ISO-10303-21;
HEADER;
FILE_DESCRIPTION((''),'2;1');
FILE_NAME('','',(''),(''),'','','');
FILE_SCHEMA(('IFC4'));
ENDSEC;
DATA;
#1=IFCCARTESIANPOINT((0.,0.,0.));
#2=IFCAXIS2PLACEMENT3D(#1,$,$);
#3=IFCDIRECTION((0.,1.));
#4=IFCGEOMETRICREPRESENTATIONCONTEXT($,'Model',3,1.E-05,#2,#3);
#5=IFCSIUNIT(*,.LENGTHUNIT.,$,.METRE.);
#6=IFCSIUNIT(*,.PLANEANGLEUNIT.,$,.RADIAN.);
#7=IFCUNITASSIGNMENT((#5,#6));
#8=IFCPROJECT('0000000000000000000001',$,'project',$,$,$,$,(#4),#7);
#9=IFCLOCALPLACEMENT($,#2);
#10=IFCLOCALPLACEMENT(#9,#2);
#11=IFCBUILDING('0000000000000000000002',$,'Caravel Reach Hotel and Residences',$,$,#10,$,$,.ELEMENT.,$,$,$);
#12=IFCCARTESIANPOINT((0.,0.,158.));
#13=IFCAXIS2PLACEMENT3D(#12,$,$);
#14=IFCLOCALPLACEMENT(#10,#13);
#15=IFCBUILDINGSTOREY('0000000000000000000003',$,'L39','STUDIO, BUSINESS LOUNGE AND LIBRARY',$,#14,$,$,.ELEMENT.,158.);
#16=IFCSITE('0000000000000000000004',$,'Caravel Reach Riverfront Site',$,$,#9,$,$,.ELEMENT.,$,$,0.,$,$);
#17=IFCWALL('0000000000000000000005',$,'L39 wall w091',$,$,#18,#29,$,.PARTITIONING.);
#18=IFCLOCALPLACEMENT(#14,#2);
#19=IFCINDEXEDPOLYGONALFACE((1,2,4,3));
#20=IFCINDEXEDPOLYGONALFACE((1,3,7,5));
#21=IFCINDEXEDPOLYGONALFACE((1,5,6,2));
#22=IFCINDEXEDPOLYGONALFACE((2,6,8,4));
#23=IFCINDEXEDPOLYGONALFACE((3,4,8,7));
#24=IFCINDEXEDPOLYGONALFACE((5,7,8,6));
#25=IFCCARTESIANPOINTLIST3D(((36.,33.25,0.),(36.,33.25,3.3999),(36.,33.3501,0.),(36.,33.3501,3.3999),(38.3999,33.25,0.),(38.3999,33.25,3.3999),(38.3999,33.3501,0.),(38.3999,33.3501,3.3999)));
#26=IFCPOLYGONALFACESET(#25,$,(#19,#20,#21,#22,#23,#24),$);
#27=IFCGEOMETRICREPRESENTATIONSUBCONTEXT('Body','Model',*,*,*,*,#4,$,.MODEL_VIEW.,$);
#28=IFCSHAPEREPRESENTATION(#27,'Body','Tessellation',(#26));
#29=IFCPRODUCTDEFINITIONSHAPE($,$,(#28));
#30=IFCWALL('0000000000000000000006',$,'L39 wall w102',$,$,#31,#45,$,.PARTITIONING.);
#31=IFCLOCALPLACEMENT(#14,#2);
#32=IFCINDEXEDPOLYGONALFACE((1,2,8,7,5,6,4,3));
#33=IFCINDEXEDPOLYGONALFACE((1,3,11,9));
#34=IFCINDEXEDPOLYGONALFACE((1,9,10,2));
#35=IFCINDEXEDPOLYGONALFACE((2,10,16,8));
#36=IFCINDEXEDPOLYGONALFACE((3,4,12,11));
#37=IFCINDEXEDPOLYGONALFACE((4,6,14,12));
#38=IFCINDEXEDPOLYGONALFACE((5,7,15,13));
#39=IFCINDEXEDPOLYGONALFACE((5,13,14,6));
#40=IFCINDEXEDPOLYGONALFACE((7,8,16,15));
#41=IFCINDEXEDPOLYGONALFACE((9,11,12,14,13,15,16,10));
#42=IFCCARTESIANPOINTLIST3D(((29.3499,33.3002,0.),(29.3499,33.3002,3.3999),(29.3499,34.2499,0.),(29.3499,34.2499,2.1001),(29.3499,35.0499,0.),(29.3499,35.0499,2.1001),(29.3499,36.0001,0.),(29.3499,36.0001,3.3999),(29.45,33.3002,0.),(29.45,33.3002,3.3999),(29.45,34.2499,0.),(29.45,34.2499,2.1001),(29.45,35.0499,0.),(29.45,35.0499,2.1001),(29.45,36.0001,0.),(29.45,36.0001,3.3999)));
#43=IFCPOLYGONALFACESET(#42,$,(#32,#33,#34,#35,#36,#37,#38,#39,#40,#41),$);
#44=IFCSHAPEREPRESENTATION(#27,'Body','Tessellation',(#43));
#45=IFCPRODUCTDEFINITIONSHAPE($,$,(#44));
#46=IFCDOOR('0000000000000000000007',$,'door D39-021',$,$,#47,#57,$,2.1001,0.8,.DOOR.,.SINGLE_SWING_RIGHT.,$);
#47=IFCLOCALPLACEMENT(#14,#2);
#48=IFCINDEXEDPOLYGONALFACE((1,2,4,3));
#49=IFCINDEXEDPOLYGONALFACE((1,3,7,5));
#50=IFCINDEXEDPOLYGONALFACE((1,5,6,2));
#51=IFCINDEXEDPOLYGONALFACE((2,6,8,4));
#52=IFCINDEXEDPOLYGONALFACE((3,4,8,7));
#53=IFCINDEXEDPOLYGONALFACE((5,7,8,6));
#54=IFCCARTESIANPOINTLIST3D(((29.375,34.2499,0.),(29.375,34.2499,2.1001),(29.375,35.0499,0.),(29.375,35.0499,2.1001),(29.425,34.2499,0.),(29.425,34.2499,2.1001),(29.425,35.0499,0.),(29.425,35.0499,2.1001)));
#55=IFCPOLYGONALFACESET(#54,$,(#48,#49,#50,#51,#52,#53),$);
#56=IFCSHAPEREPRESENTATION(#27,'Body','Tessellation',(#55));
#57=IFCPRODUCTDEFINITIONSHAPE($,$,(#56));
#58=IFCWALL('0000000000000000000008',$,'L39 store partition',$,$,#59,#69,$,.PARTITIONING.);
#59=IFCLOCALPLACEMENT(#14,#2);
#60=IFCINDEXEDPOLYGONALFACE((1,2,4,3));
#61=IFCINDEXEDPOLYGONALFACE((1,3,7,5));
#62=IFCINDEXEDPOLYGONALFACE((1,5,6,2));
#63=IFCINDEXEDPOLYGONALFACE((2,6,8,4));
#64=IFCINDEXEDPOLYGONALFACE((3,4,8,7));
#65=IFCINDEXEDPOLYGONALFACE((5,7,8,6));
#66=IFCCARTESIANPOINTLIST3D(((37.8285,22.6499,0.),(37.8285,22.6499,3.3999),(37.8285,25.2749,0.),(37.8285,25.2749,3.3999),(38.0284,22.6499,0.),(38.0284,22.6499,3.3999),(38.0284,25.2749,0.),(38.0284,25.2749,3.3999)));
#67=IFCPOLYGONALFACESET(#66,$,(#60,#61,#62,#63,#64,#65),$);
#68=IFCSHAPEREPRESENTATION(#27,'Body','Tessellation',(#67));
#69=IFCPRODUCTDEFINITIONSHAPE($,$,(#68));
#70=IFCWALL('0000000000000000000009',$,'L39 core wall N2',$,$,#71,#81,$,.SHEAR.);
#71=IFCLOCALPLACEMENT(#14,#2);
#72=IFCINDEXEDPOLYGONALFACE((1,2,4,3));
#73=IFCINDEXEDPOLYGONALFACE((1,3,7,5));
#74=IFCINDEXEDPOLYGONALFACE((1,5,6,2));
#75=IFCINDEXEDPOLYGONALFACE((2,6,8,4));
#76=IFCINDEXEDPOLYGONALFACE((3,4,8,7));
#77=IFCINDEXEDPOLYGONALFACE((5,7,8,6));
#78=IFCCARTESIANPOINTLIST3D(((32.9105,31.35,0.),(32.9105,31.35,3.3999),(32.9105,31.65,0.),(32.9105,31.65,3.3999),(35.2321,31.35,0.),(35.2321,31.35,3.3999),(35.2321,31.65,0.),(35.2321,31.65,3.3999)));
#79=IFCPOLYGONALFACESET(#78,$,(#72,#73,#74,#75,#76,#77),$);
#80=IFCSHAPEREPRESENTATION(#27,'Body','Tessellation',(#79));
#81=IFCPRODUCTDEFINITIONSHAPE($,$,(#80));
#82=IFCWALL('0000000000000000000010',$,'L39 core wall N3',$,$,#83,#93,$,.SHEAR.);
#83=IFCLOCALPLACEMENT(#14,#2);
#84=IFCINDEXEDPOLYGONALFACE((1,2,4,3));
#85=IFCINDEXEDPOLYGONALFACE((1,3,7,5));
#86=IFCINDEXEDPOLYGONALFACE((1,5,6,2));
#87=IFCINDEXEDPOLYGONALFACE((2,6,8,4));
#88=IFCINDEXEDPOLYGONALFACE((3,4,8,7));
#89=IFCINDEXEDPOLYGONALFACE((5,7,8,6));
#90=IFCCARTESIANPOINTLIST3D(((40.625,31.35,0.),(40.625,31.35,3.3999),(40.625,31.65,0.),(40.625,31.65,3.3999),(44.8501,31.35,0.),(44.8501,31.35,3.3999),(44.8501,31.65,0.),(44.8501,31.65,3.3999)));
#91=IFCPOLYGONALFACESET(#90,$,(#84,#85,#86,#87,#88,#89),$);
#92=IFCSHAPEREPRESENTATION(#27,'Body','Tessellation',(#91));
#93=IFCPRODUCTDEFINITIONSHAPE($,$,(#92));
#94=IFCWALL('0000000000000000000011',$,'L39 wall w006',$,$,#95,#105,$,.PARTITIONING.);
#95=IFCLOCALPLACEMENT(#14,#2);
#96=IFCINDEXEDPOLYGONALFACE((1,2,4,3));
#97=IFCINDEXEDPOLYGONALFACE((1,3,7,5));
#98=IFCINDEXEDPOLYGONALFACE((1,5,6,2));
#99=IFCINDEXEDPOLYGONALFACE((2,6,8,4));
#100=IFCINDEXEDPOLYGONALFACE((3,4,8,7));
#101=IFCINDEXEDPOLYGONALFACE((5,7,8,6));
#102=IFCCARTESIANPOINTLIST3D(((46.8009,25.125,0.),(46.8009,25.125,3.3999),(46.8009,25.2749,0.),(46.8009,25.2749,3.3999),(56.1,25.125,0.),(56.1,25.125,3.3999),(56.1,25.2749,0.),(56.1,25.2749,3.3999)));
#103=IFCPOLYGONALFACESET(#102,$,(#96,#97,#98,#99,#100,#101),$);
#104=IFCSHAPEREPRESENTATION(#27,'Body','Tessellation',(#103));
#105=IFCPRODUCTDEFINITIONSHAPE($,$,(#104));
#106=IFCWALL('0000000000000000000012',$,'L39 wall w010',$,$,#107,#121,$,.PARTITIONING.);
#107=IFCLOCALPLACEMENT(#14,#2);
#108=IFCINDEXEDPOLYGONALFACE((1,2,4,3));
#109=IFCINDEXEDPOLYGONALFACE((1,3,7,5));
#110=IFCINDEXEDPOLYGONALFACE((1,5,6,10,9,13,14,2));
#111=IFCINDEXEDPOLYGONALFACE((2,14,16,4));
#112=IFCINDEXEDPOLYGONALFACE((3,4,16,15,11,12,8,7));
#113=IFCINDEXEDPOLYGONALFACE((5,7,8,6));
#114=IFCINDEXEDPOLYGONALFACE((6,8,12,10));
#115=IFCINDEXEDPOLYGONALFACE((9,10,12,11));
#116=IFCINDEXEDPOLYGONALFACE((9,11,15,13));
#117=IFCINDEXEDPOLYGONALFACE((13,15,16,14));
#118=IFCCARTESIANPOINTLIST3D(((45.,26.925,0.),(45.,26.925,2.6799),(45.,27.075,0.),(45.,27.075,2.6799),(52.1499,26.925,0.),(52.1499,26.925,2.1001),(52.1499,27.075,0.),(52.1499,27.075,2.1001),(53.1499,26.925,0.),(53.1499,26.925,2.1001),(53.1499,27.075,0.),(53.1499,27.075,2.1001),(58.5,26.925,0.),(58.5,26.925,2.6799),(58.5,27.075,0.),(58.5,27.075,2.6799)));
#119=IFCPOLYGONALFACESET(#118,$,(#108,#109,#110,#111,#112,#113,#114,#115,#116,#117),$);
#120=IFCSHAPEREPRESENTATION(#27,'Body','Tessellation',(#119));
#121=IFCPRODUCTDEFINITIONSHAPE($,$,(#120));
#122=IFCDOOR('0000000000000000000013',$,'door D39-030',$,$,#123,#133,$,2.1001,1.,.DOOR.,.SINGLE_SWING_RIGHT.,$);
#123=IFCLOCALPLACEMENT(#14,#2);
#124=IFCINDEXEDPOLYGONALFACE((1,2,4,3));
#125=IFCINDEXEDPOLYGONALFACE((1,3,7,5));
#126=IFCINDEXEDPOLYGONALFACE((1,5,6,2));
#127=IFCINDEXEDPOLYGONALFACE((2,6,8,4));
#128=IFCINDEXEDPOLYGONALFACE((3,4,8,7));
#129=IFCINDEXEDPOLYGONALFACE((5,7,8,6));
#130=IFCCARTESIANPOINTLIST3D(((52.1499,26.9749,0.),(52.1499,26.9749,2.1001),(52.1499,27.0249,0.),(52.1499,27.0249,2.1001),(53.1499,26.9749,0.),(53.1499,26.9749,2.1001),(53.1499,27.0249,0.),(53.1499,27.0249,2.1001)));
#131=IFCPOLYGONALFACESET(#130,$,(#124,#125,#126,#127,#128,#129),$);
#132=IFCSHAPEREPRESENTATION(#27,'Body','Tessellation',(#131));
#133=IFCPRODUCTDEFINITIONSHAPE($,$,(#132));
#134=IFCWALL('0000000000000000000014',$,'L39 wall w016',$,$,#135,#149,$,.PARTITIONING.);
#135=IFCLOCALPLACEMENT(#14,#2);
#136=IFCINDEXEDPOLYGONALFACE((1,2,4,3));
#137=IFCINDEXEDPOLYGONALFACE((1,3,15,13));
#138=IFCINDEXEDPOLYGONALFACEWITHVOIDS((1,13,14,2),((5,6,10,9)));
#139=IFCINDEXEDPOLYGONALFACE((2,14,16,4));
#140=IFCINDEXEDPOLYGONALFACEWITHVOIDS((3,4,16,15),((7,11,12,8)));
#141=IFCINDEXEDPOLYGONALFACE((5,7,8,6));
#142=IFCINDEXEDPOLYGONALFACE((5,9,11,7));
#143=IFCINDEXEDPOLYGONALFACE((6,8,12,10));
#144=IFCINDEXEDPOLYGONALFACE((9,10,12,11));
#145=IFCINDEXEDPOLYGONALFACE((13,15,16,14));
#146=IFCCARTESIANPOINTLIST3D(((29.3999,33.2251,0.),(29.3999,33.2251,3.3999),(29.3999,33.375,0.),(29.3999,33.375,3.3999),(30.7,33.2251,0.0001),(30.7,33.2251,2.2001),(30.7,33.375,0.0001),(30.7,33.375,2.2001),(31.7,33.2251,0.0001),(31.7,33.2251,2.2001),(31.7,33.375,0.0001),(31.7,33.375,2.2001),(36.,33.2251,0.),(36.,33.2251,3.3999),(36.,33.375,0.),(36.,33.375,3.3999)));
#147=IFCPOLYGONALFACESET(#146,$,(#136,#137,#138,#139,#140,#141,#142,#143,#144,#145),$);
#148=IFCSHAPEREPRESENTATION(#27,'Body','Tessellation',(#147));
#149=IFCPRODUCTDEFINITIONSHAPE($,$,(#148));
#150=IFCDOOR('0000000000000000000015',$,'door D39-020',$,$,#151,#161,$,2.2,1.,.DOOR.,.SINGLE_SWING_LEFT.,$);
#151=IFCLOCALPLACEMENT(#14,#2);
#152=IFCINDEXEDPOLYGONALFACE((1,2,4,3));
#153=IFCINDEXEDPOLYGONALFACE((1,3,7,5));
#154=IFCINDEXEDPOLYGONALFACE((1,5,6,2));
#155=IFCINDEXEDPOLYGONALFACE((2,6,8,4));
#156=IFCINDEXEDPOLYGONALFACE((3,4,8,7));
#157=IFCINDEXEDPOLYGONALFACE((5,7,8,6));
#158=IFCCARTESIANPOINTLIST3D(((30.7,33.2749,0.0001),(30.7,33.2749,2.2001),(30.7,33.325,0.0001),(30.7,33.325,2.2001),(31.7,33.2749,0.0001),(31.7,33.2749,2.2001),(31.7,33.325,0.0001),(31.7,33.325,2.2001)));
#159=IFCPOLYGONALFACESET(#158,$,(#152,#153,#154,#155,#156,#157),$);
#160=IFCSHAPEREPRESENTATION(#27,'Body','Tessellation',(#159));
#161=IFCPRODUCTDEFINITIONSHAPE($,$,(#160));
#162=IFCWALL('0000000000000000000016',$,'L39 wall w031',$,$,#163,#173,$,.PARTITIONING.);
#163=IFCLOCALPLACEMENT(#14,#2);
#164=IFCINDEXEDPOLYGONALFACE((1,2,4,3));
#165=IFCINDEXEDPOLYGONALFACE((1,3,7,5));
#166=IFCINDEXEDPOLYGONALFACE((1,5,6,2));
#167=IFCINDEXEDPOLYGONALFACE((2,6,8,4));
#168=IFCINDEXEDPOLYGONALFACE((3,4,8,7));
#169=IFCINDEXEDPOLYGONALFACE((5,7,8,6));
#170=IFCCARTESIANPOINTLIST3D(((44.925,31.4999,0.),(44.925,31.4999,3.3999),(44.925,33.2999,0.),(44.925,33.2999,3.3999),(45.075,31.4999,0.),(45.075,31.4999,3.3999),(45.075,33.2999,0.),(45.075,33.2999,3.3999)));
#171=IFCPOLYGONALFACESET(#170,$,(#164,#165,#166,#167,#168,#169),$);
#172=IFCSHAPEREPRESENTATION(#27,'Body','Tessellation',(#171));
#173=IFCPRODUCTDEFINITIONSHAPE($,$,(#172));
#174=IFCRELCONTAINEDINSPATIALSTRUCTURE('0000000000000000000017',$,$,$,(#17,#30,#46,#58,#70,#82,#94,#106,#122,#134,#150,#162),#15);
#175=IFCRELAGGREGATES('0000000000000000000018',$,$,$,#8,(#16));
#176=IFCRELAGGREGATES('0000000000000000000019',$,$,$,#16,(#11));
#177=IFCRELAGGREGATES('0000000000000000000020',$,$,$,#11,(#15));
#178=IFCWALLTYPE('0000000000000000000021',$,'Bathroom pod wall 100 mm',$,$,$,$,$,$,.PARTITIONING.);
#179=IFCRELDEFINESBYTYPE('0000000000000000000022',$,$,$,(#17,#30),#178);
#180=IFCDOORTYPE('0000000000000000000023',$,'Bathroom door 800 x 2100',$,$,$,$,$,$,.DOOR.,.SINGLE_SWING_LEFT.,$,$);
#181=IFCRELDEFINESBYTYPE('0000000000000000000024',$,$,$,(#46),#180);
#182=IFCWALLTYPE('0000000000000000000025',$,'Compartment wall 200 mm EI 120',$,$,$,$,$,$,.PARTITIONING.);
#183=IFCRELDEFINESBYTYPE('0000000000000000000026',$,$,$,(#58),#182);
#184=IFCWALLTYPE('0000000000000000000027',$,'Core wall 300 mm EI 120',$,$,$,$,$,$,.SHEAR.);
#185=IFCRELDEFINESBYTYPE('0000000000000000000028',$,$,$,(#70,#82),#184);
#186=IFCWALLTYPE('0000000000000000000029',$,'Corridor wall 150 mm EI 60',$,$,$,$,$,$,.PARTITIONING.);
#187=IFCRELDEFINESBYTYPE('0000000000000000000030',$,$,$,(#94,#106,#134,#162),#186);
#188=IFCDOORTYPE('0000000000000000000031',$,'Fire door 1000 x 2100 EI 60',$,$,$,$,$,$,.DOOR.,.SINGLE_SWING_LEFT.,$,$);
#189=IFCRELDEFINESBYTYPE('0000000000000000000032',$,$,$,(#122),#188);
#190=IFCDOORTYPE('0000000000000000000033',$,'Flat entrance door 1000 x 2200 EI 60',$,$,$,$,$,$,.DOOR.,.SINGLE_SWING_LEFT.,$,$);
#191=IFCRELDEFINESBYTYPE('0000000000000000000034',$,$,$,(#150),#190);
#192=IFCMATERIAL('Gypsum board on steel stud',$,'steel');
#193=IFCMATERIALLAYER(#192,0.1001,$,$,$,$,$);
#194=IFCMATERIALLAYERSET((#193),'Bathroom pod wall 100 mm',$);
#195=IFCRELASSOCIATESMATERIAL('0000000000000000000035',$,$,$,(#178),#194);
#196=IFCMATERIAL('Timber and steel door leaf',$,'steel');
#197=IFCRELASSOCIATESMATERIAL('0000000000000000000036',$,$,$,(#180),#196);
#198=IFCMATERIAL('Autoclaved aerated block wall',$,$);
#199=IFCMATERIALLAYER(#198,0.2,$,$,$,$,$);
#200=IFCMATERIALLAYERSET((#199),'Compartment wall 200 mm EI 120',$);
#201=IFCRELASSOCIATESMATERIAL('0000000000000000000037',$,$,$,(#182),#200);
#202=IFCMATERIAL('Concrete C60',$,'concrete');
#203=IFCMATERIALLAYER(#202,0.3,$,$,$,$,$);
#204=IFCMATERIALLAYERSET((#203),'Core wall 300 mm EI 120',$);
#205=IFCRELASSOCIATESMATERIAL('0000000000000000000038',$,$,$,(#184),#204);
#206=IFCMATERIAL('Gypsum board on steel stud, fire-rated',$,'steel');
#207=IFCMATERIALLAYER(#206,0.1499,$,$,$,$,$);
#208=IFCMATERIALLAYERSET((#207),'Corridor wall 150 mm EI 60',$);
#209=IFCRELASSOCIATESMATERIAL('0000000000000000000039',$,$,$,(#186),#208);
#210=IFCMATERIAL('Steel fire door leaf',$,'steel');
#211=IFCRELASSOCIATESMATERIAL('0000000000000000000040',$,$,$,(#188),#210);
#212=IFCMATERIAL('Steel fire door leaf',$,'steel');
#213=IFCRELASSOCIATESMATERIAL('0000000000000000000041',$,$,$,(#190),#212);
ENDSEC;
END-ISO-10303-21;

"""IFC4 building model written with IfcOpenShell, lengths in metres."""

from ifc_helpers import new_model, si_unit, direction, frame, frame_2d, origin, place, context, subcontext, project, spatial, rectangle, extrude, material, layer, layer_set, type_object, element, fill, save


model = new_model("IFC4")

# Units and contexts
model_context = context("Model", 3, precision=1e-05, world=origin(), true_north=direction((0.0, 1.0)))
body_context = subcontext(model_context, "Body", "Model", "MODEL_VIEW")
ifc_project = project(units=[si_unit("LENGTHUNIT", "METRE"), si_unit("PLANEANGLEUNIT", "RADIAN")], contexts=[model_context])

# Site, building, storey
site_placement = place(None, origin())
site = spatial("IfcSite", under=ifc_project, at=site_placement, Name="Caravel Reach Riverfront Site", CompositionType="ELEMENT", RefElevation=0.0)
building_placement = place(site_placement, origin())
building = spatial("IfcBuilding", under=site, at=building_placement, Name="Caravel Reach Hotel and Residences", CompositionType="ELEMENT")
storey_placement = place(building_placement, frame((0.0, 0.0, 158.0)))
storey = spatial("IfcBuildingStorey", under=building, at=storey_placement, Name="L39", Description="STUDIO, BUSINESS LOUNGE AND LIBRARY", CompositionType="ELEMENT", Elevation=158.0)

# Wall
ifc_material_1 = material(Name="Gypsum board on steel stud", Category="steel")
ifc_layer_1 = layer(ifc_material_1, 0.1001)
ifc_layer_set_1 = layer_set([ifc_layer_1], Name="Bathroom pod wall 100 mm")
wall_type_1 = type_object("IfcWallType", Name="Bathroom pod wall 100 mm", PredefinedType="PARTITIONING", material=ifc_layer_set_1)
wall_1_placement = place(storey_placement, frame((36.0, 33.3, 0.0), z_axis=(0.0, 0.0, 1.0), x_axis=(1.0, 0.0, 0.0)))
element("IfcWall", 1, at=wall_1_placement, inside=storey, type_object=wall_type_1, Name="L39 wall w091", PredefinedType="PARTITIONING", context=body_context, shape_type="SweptSolid", body=[
    extrude(rectangle(XDim=2.3999, YDim=0.1001, at=frame_2d((1.2, 0.0))), origin(), (0.0, 0.0, 1.0), 3.3999),
])

# Wall, opening, door
wall_2_placement = place(storey_placement, frame((29.3999, 33.3, 0.0), z_axis=(0.0, 0.0, 1.0), x_axis=(0.0, 1.0, 0.0)))
wall_2 = element("IfcWall", 2, at=wall_2_placement, inside=storey, type_object=wall_type_1, Name="L39 wall w102", PredefinedType="PARTITIONING", context=body_context, shape_type="SweptSolid", body=[
    extrude(rectangle(XDim=2.7, YDim=0.1001, at=frame_2d((1.3501, 0.0))), origin(), (0.0, 0.0, 1.0), 3.3999),
])
opening_1_placement = place(wall_2_placement, frame((0.95, 0.0, 0.0)))
opening_1 = element("IfcOpeningElement", 3, at=opening_1_placement, cuts=wall_2, PredefinedType="OPENING", context=body_context, shape_type="SweptSolid", body=[
    extrude(rectangle(XDim=0.8, YDim=2.1001, at=frame_2d((0.3999, 1.05))), frame((0.0, 0.0601, 0.0), z_axis=(0.0, -1.0, 0.0), x_axis=(1.0, 0.0, 0.0)), (0.0, 0.0, 1.0), 0.1201),
])
ifc_material_2 = material(Name="Timber and steel door leaf", Category="steel")
door_type_1 = type_object("IfcDoorType", Name="Bathroom door 800 x 2100", OperationType="SINGLE_SWING_LEFT", PredefinedType="DOOR", material=ifc_material_2)
door_1_placement = place(opening_1_placement, origin())
door_1 = element("IfcDoor", 4, at=door_1_placement, inside=storey, type_object=door_type_1, Name="door D39-021", OperationType="SINGLE_SWING_RIGHT", OverallHeight=2.1001, OverallWidth=0.8, PredefinedType="DOOR", context=body_context, shape_type="SweptSolid", body=[
    extrude(rectangle(XDim=0.8, YDim=2.1001, at=frame_2d((0.3999, 1.05))), frame((0.0, 0.0249, 0.0), z_axis=(0.0, -1.0, 0.0), x_axis=(1.0, 0.0, 0.0)), (0.0, 0.0, 1.0), 0.05),
])
fill(opening_1, door_1)

# Walls
ifc_material_3 = material(Name="Autoclaved aerated block wall")
ifc_layer_2 = layer(ifc_material_3, 0.2)
ifc_layer_set_2 = layer_set([ifc_layer_2], Name="Compartment wall 200 mm EI 120")
wall_type_2 = type_object("IfcWallType", Name="Compartment wall 200 mm EI 120", PredefinedType="PARTITIONING", material=ifc_layer_set_2)
wall_3_placement = place(storey_placement, frame((37.9285, 22.6499, 0.0), z_axis=(0.0, 0.0, 1.0), x_axis=(0.0, 1.0, 0.0)))
element("IfcWall", 5, at=wall_3_placement, inside=storey, type_object=wall_type_2, Name="L39 store partition", PredefinedType="PARTITIONING", context=body_context, shape_type="SweptSolid", body=[
    extrude(rectangle(XDim=2.625, YDim=0.2, at=frame_2d((1.3125, 0.0))), origin(), (0.0, 0.0, 1.0), 3.3999),
])
ifc_material_4 = material(Name="Concrete C60", Category="concrete")
ifc_layer_3 = layer(ifc_material_4, 0.3)
ifc_layer_set_3 = layer_set([ifc_layer_3], Name="Core wall 300 mm EI 120")
wall_type_3 = type_object("IfcWallType", Name="Core wall 300 mm EI 120", PredefinedType="SHEAR", material=ifc_layer_set_3)
wall_4_placement = place(storey_placement, frame((32.9106, 31.5, 0.0), z_axis=(0.0, 0.0, 1.0), x_axis=(1.0, 0.0, 0.0)))
element("IfcWall", 6, at=wall_4_placement, inside=storey, type_object=wall_type_3, Name="L39 core wall N2", PredefinedType="SHEAR", context=body_context, shape_type="SweptSolid", body=[
    extrude(rectangle(XDim=2.3215, YDim=0.3, at=frame_2d((1.1606, 0.0))), origin(), (0.0, 0.0, 1.0), 3.3999),
])
wall_5_placement = place(storey_placement, frame((40.625, 31.5, 0.0), z_axis=(0.0, 0.0, 1.0), x_axis=(1.0, 0.0, 0.0)))
element("IfcWall", 7, at=wall_5_placement, inside=storey, type_object=wall_type_3, Name="L39 core wall N3", PredefinedType="SHEAR", context=body_context, shape_type="SweptSolid", body=[
    extrude(rectangle(XDim=4.2251, YDim=0.3, at=frame_2d((2.1125, 0.0))), origin(), (0.0, 0.0, 1.0), 3.3999),
])
ifc_material_5 = material(Name="Gypsum board on steel stud, fire-rated", Category="steel")
ifc_layer_4 = layer(ifc_material_5, 0.1499)
ifc_layer_set_4 = layer_set([ifc_layer_4], Name="Corridor wall 150 mm EI 60")
wall_type_4 = type_object("IfcWallType", Name="Corridor wall 150 mm EI 60", PredefinedType="PARTITIONING", material=ifc_layer_set_4)
wall_6_placement = place(storey_placement, frame((46.801, 25.2, 0.0), z_axis=(0.0, 0.0, 1.0), x_axis=(1.0, 0.0, 0.0)))
element("IfcWall", 8, at=wall_6_placement, inside=storey, type_object=wall_type_4, Name="L39 wall w006", PredefinedType="PARTITIONING", context=body_context, shape_type="SweptSolid", body=[
    extrude(rectangle(XDim=9.2991, YDim=0.1499, at=frame_2d((4.6494, 0.0))), origin(), (0.0, 0.0, 1.0), 3.3999),
])

# Walls, openings, doors
wall_7_placement = place(storey_placement, frame((45.0, 27.0, 0.0), z_axis=(0.0, 0.0, 1.0), x_axis=(1.0, 0.0, 0.0)))
wall_7 = element("IfcWall", 9, at=wall_7_placement, inside=storey, type_object=wall_type_4, Name="L39 wall w010", PredefinedType="PARTITIONING", context=body_context, shape_type="SweptSolid", body=[
    extrude(rectangle(XDim=13.5, YDim=0.1499, at=frame_2d((6.75, 0.0))), origin(), (0.0, 0.0, 1.0), 2.6799),
])
opening_2_placement = place(wall_7_placement, frame((7.1499, 0.0, 0.0)))
opening_2 = element("IfcOpeningElement", 10, at=opening_2_placement, cuts=wall_7, PredefinedType="OPENING", context=body_context, shape_type="SweptSolid", body=[
    extrude(rectangle(XDim=1.0, YDim=2.1001, at=frame_2d((0.5, 1.05))), frame((0.0, 0.085, 0.0), z_axis=(0.0, -1.0, 0.0), x_axis=(1.0, 0.0, 0.0)), (0.0, 0.0, 1.0), 0.1699),
])
ifc_material_6 = material(Name="Steel fire door leaf", Category="steel")
door_type_2 = type_object("IfcDoorType", Name="Fire door 1000 x 2100 EI 60", OperationType="SINGLE_SWING_LEFT", PredefinedType="DOOR", material=ifc_material_6)
door_2_placement = place(opening_2_placement, origin())
door_2 = element("IfcDoor", 11, at=door_2_placement, inside=storey, type_object=door_type_2, Name="door D39-030", OperationType="SINGLE_SWING_RIGHT", OverallHeight=2.1001, OverallWidth=1.0, PredefinedType="DOOR", context=body_context, shape_type="SweptSolid", body=[
    extrude(rectangle(XDim=1.0, YDim=2.1001, at=frame_2d((0.5, 1.05))), frame((0.0, 0.0249, 0.0), z_axis=(0.0, -1.0, 0.0), x_axis=(1.0, 0.0, 0.0)), (0.0, 0.0, 1.0), 0.05),
])
fill(opening_2, door_2)
wall_8_placement = place(storey_placement, frame((29.3999, 33.3, 0.0), z_axis=(0.0, 0.0, 1.0), x_axis=(1.0, 0.0, 0.0)))
wall_8 = element("IfcWall", 12, at=wall_8_placement, inside=storey, type_object=wall_type_4, Name="L39 wall w016", PredefinedType="PARTITIONING", context=body_context, shape_type="SweptSolid", body=[
    extrude(rectangle(XDim=6.6001, YDim=0.1499, at=frame_2d((3.3, 0.0))), origin(), (0.0, 0.0, 1.0), 3.3999),
])
opening_3_placement = place(wall_8_placement, frame((1.3, 0.0, 0.0)))
opening_3 = element("IfcOpeningElement", 13, at=opening_3_placement, cuts=wall_8, PredefinedType="OPENING", context=body_context, shape_type="SweptSolid", body=[
    extrude(rectangle(XDim=1.0, YDim=2.2, at=frame_2d((0.5, 1.1001))), frame((0.0, 0.085, 0.0), z_axis=(0.0, -1.0, 0.0), x_axis=(1.0, 0.0, 0.0)), (0.0, 0.0, 1.0), 0.1699),
])
ifc_material_7 = material(Name="Steel fire door leaf", Category="steel")
door_type_3 = type_object("IfcDoorType", Name="Flat entrance door 1000 x 2200 EI 60", OperationType="SINGLE_SWING_LEFT", PredefinedType="DOOR", material=ifc_material_7)
door_3_placement = place(opening_3_placement, origin())
door_3 = element("IfcDoor", 14, at=door_3_placement, inside=storey, type_object=door_type_3, Name="door D39-020", OperationType="SINGLE_SWING_LEFT", OverallHeight=2.2, OverallWidth=1.0, PredefinedType="DOOR", context=body_context, shape_type="SweptSolid", body=[
    extrude(rectangle(XDim=1.0, YDim=2.2, at=frame_2d((0.5, 1.1001))), frame((0.0, 0.0249, 0.0), z_axis=(0.0, -1.0, 0.0), x_axis=(1.0, 0.0, 0.0)), (0.0, 0.0, 1.0), 0.05),
])
fill(opening_3, door_3)

# Wall
wall_9_placement = place(storey_placement, frame((45.0, 31.5, 0.0), z_axis=(0.0, 0.0, 1.0), x_axis=(0.0, 1.0, 0.0)))
element("IfcWall", 15, at=wall_9_placement, inside=storey, type_object=wall_type_4, Name="L39 wall w031", PredefinedType="PARTITIONING", context=body_context, shape_type="SweptSolid", body=[
    extrude(rectangle(XDim=1.8, YDim=0.1499, at=frame_2d((0.8999, 0.0))), origin(), (0.0, 0.0, 1.0), 3.3999),
])

save(model, "model.ifc")
